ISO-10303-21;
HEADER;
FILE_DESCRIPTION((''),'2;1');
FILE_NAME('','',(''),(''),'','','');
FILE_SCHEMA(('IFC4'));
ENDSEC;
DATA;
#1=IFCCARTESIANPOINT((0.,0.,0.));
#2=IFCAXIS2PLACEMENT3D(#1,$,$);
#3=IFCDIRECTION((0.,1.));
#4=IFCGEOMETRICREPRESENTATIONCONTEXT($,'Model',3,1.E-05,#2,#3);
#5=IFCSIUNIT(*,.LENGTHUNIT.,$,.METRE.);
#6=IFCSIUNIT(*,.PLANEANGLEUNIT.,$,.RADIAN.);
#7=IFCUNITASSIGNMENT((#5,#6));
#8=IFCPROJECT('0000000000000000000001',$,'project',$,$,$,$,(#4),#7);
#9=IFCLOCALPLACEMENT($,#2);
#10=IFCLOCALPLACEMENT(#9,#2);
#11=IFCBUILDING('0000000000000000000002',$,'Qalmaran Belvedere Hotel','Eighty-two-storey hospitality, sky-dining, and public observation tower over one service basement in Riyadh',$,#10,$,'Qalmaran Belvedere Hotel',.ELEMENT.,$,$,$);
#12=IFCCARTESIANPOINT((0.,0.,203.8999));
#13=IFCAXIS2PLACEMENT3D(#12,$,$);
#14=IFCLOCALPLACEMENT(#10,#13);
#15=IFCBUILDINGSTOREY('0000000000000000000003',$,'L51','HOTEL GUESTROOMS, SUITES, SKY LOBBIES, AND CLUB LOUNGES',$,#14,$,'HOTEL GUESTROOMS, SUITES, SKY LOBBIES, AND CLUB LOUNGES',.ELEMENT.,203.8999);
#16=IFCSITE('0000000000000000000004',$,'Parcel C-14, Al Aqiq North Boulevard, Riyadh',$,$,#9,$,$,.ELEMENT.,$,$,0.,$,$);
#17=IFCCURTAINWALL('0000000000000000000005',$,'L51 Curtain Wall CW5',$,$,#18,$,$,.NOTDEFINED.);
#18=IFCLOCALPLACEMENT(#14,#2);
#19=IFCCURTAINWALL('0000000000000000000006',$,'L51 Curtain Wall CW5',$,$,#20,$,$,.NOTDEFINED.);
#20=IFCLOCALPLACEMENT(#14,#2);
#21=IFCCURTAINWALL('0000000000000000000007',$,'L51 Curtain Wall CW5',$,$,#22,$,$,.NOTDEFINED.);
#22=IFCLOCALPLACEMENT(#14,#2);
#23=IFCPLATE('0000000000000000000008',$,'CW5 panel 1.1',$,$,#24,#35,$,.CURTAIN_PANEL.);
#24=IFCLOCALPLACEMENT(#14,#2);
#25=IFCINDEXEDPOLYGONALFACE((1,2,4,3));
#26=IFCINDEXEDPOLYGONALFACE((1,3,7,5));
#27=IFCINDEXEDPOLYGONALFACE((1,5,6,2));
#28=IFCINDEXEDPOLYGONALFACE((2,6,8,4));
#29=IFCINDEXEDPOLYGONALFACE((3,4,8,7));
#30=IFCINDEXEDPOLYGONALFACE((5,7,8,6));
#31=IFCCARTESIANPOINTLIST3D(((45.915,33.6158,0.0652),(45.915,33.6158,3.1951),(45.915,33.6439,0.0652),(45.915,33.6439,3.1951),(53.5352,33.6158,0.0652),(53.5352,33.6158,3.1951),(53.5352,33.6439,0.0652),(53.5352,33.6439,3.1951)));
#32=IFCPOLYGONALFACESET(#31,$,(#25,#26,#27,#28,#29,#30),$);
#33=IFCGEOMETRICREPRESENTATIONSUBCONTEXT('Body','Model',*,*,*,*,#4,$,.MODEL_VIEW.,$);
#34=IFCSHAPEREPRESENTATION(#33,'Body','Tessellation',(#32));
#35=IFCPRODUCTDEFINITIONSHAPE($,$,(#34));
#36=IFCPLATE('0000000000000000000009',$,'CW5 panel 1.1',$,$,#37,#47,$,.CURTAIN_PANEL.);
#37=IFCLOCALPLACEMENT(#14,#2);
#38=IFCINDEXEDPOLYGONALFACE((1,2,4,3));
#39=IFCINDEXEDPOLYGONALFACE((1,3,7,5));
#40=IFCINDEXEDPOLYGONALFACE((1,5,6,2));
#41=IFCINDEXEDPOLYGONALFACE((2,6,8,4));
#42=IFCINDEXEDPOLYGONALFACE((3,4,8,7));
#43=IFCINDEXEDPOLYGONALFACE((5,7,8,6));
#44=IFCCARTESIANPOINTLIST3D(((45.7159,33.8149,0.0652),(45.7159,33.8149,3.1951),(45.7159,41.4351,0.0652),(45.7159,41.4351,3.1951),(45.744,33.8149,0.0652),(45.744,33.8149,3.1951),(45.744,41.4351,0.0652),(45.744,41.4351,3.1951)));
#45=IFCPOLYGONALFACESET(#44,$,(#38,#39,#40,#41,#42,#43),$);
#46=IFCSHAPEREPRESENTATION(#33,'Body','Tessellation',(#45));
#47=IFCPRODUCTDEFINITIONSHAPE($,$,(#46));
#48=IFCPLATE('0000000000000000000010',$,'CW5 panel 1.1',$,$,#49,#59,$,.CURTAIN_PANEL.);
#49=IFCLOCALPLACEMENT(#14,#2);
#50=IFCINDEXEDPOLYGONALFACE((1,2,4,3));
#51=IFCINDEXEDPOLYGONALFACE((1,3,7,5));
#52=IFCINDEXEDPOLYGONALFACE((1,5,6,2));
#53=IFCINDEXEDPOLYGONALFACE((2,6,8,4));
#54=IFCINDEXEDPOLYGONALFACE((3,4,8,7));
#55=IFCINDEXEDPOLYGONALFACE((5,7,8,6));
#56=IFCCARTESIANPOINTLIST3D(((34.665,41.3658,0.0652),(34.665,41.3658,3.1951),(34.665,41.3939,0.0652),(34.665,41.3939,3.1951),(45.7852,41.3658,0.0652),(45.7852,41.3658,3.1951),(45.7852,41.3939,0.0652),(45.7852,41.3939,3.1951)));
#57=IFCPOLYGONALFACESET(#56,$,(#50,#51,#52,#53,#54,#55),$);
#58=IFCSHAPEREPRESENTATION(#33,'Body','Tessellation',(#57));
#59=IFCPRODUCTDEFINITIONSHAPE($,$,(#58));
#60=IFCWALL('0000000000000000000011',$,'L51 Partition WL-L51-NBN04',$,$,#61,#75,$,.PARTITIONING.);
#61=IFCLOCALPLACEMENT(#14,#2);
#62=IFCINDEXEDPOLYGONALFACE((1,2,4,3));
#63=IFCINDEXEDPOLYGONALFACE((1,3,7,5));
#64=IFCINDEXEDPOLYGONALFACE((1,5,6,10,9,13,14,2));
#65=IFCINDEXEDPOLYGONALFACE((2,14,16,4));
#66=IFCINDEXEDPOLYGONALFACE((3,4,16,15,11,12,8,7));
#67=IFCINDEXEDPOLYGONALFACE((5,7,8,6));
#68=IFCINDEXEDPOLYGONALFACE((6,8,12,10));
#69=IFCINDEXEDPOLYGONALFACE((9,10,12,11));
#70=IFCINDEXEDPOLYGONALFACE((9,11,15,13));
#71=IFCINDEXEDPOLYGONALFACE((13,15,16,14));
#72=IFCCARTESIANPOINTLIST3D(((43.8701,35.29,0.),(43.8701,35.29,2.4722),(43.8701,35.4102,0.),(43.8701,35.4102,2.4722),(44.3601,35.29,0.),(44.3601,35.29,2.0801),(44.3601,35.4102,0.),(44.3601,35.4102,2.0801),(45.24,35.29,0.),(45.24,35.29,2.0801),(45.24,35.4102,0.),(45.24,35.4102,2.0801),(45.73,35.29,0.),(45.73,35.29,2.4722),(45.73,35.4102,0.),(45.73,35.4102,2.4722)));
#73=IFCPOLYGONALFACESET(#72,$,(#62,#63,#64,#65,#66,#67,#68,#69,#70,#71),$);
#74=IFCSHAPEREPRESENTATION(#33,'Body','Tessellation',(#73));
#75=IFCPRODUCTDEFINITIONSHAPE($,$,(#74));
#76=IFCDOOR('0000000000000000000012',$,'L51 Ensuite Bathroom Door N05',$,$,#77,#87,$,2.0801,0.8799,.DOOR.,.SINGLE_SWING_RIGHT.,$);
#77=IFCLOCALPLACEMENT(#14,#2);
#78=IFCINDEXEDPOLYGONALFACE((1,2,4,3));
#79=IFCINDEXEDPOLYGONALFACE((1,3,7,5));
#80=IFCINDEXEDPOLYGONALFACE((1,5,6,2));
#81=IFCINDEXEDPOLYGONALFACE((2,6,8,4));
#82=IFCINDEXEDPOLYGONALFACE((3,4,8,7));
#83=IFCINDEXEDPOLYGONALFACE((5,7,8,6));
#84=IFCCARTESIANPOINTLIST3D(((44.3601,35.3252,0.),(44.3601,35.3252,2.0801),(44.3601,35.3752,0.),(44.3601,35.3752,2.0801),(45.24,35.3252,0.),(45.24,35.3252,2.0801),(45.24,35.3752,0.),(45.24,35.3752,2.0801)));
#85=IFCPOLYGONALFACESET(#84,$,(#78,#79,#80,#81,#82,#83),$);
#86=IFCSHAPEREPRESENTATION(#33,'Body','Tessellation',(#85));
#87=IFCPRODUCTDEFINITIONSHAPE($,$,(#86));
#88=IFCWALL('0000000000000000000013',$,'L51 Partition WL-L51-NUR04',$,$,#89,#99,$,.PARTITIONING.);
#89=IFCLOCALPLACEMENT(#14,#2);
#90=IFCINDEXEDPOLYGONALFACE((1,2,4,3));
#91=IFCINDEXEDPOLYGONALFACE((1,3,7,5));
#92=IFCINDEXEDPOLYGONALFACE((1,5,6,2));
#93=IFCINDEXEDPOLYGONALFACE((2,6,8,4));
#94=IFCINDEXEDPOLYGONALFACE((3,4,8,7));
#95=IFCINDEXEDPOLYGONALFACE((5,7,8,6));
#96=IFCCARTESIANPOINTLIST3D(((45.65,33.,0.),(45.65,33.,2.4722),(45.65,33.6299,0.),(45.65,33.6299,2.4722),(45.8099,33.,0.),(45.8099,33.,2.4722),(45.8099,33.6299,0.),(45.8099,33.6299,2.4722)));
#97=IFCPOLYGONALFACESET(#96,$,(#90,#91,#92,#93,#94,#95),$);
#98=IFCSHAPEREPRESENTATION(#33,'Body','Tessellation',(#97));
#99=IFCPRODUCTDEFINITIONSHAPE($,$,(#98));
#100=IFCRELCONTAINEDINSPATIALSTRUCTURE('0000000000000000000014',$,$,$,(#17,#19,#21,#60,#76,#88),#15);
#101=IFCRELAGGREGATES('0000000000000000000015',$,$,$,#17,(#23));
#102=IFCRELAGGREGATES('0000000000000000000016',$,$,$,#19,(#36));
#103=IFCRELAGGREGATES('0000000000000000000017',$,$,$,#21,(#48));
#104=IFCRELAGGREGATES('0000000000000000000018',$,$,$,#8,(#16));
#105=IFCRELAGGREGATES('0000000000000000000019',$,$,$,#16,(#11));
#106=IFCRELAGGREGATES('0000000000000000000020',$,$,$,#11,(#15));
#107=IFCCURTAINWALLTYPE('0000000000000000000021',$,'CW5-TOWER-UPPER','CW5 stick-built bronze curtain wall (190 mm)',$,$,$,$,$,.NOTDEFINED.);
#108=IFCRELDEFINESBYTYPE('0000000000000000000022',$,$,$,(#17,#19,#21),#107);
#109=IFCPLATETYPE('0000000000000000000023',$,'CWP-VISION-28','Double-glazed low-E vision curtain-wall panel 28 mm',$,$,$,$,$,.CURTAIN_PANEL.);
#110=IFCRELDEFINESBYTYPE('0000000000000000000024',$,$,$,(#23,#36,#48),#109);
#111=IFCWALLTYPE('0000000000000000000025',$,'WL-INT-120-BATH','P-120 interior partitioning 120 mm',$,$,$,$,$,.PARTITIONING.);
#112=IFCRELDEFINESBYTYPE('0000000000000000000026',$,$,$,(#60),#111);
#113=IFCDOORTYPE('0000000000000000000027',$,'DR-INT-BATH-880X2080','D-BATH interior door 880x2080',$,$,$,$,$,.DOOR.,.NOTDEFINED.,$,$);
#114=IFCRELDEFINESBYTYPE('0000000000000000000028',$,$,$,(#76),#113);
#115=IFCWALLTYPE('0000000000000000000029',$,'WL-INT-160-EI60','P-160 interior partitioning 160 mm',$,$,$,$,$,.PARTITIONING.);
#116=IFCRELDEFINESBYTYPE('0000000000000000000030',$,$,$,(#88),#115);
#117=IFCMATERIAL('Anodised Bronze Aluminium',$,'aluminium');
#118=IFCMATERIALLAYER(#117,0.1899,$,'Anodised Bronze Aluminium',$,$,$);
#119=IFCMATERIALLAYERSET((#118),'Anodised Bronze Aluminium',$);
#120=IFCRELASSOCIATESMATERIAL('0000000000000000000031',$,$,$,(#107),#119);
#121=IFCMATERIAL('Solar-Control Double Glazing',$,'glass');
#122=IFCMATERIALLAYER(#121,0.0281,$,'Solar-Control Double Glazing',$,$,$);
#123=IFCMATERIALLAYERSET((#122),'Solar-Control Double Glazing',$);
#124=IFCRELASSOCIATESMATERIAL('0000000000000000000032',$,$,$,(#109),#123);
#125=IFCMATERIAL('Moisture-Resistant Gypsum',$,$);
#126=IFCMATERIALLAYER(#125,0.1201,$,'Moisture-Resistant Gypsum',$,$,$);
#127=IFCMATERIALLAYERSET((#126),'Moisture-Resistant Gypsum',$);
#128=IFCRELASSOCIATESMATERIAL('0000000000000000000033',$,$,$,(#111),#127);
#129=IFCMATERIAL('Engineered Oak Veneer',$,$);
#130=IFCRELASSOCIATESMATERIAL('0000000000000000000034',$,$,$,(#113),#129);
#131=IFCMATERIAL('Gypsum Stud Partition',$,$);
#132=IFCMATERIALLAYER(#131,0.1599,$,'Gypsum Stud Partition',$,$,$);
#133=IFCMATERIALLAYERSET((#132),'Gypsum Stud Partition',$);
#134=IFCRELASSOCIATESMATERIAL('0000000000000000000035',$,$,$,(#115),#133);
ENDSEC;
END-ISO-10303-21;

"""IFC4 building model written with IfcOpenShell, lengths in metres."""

from ifc_helpers import new_model, si_unit, direction, frame, frame_2d, origin, origin_2d, place, context, subcontext, project, spatial, rectangle, extrude, material, layer, layer_set, type_object, element, fill, aggregate, save


model = new_model("IFC4")

# Units and contexts
model_context = context("Model", 3, precision=1e-05, world=origin(), true_north=direction((0.0, 1.0)))
body_context = subcontext(model_context, "Body", "Model", "MODEL_VIEW")
ifc_project = project(units=[si_unit("LENGTHUNIT", "METRE"), si_unit("PLANEANGLEUNIT", "RADIAN")], contexts=[model_context])

# Site, building, storey
site_placement = place(None, origin())
site = spatial("IfcSite", under=ifc_project, at=site_placement, Name="Parcel C-14, Al Aqiq North Boulevard, Riyadh", CompositionType="ELEMENT", RefElevation=0.0)
building_placement = place(site_placement, origin())
building = spatial("IfcBuilding", under=site, at=building_placement, Name="Qalmaran Belvedere Hotel", Description="Eighty-two-storey hospitality, sky-dining, and public observation tower over one service basement in Riyadh", LongName="Qalmaran Belvedere Hotel", CompositionType="ELEMENT")
storey_placement = place(building_placement, frame((0.0, 0.0, 203.8999)))
storey = spatial("IfcBuildingStorey", under=building, at=storey_placement, Name="L51", Description="HOTEL GUESTROOMS, SUITES, SKY LOBBIES, AND CLUB LOUNGES", LongName="HOTEL GUESTROOMS, SUITES, SKY LOBBIES, AND CLUB LOUNGES", CompositionType="ELEMENT", Elevation=203.8999)

# Shared definitions
ifc_material_1 = material(Name="Anodised Bronze Aluminium", Category="aluminium")
ifc_layer_1 = layer(ifc_material_1, 0.1899, Name="Anodised Bronze Aluminium")
ifc_layer_set_1 = layer_set([ifc_layer_1], Name="Anodised Bronze Aluminium")
curtain_wall_type = type_object("IfcCurtainWallType", Name="CW5-TOWER-UPPER", Description="CW5 stick-built bronze curtain wall (190 mm)", PredefinedType="NOTDEFINED", material=ifc_layer_set_1)

# Curtain walls
curtain_wall_1_placement = place(storey_placement, origin())
curtain_wall_1 = element("IfcCurtainWall", 1, at=curtain_wall_1_placement, inside=storey, type_object=curtain_wall_type, Name="L51 Curtain Wall CW5", PredefinedType="NOTDEFINED")
curtain_wall_2_placement = place(storey_placement, origin())
curtain_wall_2 = element("IfcCurtainWall", 2, at=curtain_wall_2_placement, inside=storey, type_object=curtain_wall_type, Name="L51 Curtain Wall CW5", PredefinedType="NOTDEFINED")

# Curtain wall
curtain_wall_3_placement = place(storey_placement, origin())
curtain_wall_3 = element("IfcCurtainWall", 3, at=curtain_wall_3_placement, inside=storey, type_object=curtain_wall_type, Name="L51 Curtain Wall CW5", PredefinedType="NOTDEFINED")

# Plates
ifc_material_2 = material(Name="Solar-Control Double Glazing", Category="glass")
ifc_layer_2 = layer(ifc_material_2, 0.0281, Name="Solar-Control Double Glazing")
ifc_layer_set_2 = layer_set([ifc_layer_2], Name="Solar-Control Double Glazing")
plate_type = type_object("IfcPlateType", Name="CWP-VISION-28", Description="Double-glazed low-E vision curtain-wall panel 28 mm", PredefinedType="CURTAIN_PANEL", material=ifc_layer_set_2)
plate_1_placement = place(storey_placement, frame((49.7251, 33.6299, 0.0652), z_axis=(0.0, 0.0, 1.0), x_axis=(-1.0, 0.0, 0.0)))
plate_1 = element("IfcPlate", 4, at=plate_1_placement, type_object=plate_type, Name="CW5 panel 1.1", PredefinedType="CURTAIN_PANEL", context=body_context, shape_type="SweptSolid", body=[
    extrude(rectangle(XDim=7.6201, YDim=0.0281, at=origin_2d()), origin(), (0.0, 0.0, 1.0), 3.1299),
])
aggregate(curtain_wall_1, [plate_1])
plate_2_placement = place(storey_placement, frame((45.73, 37.625, 0.0652), z_axis=(0.0, 0.0, 1.0), x_axis=(0.0, 1.0, 0.0)))
plate_2 = element("IfcPlate", 5, at=plate_2_placement, type_object=plate_type, Name="CW5 panel 1.1", PredefinedType="CURTAIN_PANEL", context=body_context, shape_type="SweptSolid", body=[
    extrude(rectangle(XDim=7.6201, YDim=0.0281, at=origin_2d()), origin(), (0.0, 0.0, 1.0), 3.1299),
])
aggregate(curtain_wall_2, [plate_2])
plate_3_placement = place(storey_placement, frame((40.2251, 41.3799, 0.0652), z_axis=(0.0, 0.0, 1.0), x_axis=(-1.0, 0.0, 0.0)))
plate_3 = element("IfcPlate", 6, at=plate_3_placement, type_object=plate_type, Name="CW5 panel 1.1", PredefinedType="CURTAIN_PANEL", context=body_context, shape_type="SweptSolid", body=[
    extrude(rectangle(XDim=11.1201, YDim=0.0281, at=origin_2d()), origin(), (0.0, 0.0, 1.0), 3.1299),
])
aggregate(curtain_wall_3, [plate_3])

# Wall, opening, door
ifc_material_3 = material(Name="Moisture-Resistant Gypsum")
ifc_layer_3 = layer(ifc_material_3, 0.1201, Name="Moisture-Resistant Gypsum")
ifc_layer_set_3 = layer_set([ifc_layer_3], Name="Moisture-Resistant Gypsum")
wall_type_1 = type_object("IfcWallType", Name="WL-INT-120-BATH", Description="P-120 interior partitioning 120 mm", PredefinedType="PARTITIONING", material=ifc_layer_set_3)
wall_1_placement = place(storey_placement, frame((43.8701, 35.3501, 0.0), z_axis=(0.0, 0.0, 1.0), x_axis=(1.0, 0.0, 0.0)))
wall_1 = element("IfcWall", 7, at=wall_1_placement, inside=storey, type_object=wall_type_1, Name="L51 Partition WL-L51-NBN04", PredefinedType="PARTITIONING", context=body_context, shape_type="SweptSolid", body=[
    extrude(rectangle(XDim=1.8599, YDim=0.1201, at=frame_2d((0.9299, 0.0))), origin(), (0.0, 0.0, 1.0), 2.4722),
])
opening_placement = place(wall_1_placement, frame((1.3699, 0.0, 0.0), z_axis=(0.0, 0.0, 1.0), x_axis=(-1.0, 0.0, 0.0)))
opening = element("IfcOpeningElement", 8, at=opening_placement, cuts=wall_1, PredefinedType="OPENING", context=body_context, shape_type="SweptSolid", body=[
    extrude(rectangle(XDim=0.8799, YDim=2.0801, at=frame_2d((0.4399, 1.04))), frame((0.0, 0.0701, 0.0), z_axis=(0.0, -1.0, 0.0), x_axis=(1.0, 0.0, 0.0)), (0.0, 0.0, 1.0), 0.1401),
])
ifc_material_4 = material(Name="Engineered Oak Veneer")
door_type = type_object("IfcDoorType", Name="DR-INT-BATH-880X2080", Description="D-BATH interior door 880x2080", OperationType="NOTDEFINED", PredefinedType="DOOR", material=ifc_material_4)
door_placement = place(opening_placement, origin())
door = element("IfcDoor", 9, at=door_placement, inside=storey, type_object=door_type, Name="L51 Ensuite Bathroom Door N05", OperationType="SINGLE_SWING_RIGHT", OverallHeight=2.0801, OverallWidth=0.8799, PredefinedType="DOOR", context=body_context, shape_type="SweptSolid", body=[
    extrude(rectangle(XDim=0.8799, YDim=2.0801, at=frame_2d((0.4399, 1.04))), frame((0.0, 0.0249, 0.0), z_axis=(0.0, -1.0, 0.0), x_axis=(1.0, 0.0, 0.0)), (0.0, 0.0, 1.0), 0.05),
])
fill(opening, door)

# Wall
ifc_material_5 = material(Name="Gypsum Stud Partition")
ifc_layer_4 = layer(ifc_material_5, 0.1599, Name="Gypsum Stud Partition")
ifc_layer_set_4 = layer_set([ifc_layer_4], Name="Gypsum Stud Partition")
wall_type_2 = type_object("IfcWallType", Name="WL-INT-160-EI60", Description="P-160 interior partitioning 160 mm", PredefinedType="PARTITIONING", material=ifc_layer_set_4)
wall_2_placement = place(storey_placement, frame((45.73, 33.0, 0.0), z_axis=(0.0, 0.0, 1.0), x_axis=(0.0, 1.0, 0.0)))
element("IfcWall", 10, at=wall_2_placement, inside=storey, type_object=wall_type_2, Name="L51 Partition WL-L51-NUR04", PredefinedType="PARTITIONING", context=body_context, shape_type="SweptSolid", body=[
    extrude(rectangle(XDim=0.6299, YDim=0.1599, at=frame_2d((0.3149, 0.0))), origin(), (0.0, 0.0, 1.0), 2.4722),
])

save(model, "model.ifc")
